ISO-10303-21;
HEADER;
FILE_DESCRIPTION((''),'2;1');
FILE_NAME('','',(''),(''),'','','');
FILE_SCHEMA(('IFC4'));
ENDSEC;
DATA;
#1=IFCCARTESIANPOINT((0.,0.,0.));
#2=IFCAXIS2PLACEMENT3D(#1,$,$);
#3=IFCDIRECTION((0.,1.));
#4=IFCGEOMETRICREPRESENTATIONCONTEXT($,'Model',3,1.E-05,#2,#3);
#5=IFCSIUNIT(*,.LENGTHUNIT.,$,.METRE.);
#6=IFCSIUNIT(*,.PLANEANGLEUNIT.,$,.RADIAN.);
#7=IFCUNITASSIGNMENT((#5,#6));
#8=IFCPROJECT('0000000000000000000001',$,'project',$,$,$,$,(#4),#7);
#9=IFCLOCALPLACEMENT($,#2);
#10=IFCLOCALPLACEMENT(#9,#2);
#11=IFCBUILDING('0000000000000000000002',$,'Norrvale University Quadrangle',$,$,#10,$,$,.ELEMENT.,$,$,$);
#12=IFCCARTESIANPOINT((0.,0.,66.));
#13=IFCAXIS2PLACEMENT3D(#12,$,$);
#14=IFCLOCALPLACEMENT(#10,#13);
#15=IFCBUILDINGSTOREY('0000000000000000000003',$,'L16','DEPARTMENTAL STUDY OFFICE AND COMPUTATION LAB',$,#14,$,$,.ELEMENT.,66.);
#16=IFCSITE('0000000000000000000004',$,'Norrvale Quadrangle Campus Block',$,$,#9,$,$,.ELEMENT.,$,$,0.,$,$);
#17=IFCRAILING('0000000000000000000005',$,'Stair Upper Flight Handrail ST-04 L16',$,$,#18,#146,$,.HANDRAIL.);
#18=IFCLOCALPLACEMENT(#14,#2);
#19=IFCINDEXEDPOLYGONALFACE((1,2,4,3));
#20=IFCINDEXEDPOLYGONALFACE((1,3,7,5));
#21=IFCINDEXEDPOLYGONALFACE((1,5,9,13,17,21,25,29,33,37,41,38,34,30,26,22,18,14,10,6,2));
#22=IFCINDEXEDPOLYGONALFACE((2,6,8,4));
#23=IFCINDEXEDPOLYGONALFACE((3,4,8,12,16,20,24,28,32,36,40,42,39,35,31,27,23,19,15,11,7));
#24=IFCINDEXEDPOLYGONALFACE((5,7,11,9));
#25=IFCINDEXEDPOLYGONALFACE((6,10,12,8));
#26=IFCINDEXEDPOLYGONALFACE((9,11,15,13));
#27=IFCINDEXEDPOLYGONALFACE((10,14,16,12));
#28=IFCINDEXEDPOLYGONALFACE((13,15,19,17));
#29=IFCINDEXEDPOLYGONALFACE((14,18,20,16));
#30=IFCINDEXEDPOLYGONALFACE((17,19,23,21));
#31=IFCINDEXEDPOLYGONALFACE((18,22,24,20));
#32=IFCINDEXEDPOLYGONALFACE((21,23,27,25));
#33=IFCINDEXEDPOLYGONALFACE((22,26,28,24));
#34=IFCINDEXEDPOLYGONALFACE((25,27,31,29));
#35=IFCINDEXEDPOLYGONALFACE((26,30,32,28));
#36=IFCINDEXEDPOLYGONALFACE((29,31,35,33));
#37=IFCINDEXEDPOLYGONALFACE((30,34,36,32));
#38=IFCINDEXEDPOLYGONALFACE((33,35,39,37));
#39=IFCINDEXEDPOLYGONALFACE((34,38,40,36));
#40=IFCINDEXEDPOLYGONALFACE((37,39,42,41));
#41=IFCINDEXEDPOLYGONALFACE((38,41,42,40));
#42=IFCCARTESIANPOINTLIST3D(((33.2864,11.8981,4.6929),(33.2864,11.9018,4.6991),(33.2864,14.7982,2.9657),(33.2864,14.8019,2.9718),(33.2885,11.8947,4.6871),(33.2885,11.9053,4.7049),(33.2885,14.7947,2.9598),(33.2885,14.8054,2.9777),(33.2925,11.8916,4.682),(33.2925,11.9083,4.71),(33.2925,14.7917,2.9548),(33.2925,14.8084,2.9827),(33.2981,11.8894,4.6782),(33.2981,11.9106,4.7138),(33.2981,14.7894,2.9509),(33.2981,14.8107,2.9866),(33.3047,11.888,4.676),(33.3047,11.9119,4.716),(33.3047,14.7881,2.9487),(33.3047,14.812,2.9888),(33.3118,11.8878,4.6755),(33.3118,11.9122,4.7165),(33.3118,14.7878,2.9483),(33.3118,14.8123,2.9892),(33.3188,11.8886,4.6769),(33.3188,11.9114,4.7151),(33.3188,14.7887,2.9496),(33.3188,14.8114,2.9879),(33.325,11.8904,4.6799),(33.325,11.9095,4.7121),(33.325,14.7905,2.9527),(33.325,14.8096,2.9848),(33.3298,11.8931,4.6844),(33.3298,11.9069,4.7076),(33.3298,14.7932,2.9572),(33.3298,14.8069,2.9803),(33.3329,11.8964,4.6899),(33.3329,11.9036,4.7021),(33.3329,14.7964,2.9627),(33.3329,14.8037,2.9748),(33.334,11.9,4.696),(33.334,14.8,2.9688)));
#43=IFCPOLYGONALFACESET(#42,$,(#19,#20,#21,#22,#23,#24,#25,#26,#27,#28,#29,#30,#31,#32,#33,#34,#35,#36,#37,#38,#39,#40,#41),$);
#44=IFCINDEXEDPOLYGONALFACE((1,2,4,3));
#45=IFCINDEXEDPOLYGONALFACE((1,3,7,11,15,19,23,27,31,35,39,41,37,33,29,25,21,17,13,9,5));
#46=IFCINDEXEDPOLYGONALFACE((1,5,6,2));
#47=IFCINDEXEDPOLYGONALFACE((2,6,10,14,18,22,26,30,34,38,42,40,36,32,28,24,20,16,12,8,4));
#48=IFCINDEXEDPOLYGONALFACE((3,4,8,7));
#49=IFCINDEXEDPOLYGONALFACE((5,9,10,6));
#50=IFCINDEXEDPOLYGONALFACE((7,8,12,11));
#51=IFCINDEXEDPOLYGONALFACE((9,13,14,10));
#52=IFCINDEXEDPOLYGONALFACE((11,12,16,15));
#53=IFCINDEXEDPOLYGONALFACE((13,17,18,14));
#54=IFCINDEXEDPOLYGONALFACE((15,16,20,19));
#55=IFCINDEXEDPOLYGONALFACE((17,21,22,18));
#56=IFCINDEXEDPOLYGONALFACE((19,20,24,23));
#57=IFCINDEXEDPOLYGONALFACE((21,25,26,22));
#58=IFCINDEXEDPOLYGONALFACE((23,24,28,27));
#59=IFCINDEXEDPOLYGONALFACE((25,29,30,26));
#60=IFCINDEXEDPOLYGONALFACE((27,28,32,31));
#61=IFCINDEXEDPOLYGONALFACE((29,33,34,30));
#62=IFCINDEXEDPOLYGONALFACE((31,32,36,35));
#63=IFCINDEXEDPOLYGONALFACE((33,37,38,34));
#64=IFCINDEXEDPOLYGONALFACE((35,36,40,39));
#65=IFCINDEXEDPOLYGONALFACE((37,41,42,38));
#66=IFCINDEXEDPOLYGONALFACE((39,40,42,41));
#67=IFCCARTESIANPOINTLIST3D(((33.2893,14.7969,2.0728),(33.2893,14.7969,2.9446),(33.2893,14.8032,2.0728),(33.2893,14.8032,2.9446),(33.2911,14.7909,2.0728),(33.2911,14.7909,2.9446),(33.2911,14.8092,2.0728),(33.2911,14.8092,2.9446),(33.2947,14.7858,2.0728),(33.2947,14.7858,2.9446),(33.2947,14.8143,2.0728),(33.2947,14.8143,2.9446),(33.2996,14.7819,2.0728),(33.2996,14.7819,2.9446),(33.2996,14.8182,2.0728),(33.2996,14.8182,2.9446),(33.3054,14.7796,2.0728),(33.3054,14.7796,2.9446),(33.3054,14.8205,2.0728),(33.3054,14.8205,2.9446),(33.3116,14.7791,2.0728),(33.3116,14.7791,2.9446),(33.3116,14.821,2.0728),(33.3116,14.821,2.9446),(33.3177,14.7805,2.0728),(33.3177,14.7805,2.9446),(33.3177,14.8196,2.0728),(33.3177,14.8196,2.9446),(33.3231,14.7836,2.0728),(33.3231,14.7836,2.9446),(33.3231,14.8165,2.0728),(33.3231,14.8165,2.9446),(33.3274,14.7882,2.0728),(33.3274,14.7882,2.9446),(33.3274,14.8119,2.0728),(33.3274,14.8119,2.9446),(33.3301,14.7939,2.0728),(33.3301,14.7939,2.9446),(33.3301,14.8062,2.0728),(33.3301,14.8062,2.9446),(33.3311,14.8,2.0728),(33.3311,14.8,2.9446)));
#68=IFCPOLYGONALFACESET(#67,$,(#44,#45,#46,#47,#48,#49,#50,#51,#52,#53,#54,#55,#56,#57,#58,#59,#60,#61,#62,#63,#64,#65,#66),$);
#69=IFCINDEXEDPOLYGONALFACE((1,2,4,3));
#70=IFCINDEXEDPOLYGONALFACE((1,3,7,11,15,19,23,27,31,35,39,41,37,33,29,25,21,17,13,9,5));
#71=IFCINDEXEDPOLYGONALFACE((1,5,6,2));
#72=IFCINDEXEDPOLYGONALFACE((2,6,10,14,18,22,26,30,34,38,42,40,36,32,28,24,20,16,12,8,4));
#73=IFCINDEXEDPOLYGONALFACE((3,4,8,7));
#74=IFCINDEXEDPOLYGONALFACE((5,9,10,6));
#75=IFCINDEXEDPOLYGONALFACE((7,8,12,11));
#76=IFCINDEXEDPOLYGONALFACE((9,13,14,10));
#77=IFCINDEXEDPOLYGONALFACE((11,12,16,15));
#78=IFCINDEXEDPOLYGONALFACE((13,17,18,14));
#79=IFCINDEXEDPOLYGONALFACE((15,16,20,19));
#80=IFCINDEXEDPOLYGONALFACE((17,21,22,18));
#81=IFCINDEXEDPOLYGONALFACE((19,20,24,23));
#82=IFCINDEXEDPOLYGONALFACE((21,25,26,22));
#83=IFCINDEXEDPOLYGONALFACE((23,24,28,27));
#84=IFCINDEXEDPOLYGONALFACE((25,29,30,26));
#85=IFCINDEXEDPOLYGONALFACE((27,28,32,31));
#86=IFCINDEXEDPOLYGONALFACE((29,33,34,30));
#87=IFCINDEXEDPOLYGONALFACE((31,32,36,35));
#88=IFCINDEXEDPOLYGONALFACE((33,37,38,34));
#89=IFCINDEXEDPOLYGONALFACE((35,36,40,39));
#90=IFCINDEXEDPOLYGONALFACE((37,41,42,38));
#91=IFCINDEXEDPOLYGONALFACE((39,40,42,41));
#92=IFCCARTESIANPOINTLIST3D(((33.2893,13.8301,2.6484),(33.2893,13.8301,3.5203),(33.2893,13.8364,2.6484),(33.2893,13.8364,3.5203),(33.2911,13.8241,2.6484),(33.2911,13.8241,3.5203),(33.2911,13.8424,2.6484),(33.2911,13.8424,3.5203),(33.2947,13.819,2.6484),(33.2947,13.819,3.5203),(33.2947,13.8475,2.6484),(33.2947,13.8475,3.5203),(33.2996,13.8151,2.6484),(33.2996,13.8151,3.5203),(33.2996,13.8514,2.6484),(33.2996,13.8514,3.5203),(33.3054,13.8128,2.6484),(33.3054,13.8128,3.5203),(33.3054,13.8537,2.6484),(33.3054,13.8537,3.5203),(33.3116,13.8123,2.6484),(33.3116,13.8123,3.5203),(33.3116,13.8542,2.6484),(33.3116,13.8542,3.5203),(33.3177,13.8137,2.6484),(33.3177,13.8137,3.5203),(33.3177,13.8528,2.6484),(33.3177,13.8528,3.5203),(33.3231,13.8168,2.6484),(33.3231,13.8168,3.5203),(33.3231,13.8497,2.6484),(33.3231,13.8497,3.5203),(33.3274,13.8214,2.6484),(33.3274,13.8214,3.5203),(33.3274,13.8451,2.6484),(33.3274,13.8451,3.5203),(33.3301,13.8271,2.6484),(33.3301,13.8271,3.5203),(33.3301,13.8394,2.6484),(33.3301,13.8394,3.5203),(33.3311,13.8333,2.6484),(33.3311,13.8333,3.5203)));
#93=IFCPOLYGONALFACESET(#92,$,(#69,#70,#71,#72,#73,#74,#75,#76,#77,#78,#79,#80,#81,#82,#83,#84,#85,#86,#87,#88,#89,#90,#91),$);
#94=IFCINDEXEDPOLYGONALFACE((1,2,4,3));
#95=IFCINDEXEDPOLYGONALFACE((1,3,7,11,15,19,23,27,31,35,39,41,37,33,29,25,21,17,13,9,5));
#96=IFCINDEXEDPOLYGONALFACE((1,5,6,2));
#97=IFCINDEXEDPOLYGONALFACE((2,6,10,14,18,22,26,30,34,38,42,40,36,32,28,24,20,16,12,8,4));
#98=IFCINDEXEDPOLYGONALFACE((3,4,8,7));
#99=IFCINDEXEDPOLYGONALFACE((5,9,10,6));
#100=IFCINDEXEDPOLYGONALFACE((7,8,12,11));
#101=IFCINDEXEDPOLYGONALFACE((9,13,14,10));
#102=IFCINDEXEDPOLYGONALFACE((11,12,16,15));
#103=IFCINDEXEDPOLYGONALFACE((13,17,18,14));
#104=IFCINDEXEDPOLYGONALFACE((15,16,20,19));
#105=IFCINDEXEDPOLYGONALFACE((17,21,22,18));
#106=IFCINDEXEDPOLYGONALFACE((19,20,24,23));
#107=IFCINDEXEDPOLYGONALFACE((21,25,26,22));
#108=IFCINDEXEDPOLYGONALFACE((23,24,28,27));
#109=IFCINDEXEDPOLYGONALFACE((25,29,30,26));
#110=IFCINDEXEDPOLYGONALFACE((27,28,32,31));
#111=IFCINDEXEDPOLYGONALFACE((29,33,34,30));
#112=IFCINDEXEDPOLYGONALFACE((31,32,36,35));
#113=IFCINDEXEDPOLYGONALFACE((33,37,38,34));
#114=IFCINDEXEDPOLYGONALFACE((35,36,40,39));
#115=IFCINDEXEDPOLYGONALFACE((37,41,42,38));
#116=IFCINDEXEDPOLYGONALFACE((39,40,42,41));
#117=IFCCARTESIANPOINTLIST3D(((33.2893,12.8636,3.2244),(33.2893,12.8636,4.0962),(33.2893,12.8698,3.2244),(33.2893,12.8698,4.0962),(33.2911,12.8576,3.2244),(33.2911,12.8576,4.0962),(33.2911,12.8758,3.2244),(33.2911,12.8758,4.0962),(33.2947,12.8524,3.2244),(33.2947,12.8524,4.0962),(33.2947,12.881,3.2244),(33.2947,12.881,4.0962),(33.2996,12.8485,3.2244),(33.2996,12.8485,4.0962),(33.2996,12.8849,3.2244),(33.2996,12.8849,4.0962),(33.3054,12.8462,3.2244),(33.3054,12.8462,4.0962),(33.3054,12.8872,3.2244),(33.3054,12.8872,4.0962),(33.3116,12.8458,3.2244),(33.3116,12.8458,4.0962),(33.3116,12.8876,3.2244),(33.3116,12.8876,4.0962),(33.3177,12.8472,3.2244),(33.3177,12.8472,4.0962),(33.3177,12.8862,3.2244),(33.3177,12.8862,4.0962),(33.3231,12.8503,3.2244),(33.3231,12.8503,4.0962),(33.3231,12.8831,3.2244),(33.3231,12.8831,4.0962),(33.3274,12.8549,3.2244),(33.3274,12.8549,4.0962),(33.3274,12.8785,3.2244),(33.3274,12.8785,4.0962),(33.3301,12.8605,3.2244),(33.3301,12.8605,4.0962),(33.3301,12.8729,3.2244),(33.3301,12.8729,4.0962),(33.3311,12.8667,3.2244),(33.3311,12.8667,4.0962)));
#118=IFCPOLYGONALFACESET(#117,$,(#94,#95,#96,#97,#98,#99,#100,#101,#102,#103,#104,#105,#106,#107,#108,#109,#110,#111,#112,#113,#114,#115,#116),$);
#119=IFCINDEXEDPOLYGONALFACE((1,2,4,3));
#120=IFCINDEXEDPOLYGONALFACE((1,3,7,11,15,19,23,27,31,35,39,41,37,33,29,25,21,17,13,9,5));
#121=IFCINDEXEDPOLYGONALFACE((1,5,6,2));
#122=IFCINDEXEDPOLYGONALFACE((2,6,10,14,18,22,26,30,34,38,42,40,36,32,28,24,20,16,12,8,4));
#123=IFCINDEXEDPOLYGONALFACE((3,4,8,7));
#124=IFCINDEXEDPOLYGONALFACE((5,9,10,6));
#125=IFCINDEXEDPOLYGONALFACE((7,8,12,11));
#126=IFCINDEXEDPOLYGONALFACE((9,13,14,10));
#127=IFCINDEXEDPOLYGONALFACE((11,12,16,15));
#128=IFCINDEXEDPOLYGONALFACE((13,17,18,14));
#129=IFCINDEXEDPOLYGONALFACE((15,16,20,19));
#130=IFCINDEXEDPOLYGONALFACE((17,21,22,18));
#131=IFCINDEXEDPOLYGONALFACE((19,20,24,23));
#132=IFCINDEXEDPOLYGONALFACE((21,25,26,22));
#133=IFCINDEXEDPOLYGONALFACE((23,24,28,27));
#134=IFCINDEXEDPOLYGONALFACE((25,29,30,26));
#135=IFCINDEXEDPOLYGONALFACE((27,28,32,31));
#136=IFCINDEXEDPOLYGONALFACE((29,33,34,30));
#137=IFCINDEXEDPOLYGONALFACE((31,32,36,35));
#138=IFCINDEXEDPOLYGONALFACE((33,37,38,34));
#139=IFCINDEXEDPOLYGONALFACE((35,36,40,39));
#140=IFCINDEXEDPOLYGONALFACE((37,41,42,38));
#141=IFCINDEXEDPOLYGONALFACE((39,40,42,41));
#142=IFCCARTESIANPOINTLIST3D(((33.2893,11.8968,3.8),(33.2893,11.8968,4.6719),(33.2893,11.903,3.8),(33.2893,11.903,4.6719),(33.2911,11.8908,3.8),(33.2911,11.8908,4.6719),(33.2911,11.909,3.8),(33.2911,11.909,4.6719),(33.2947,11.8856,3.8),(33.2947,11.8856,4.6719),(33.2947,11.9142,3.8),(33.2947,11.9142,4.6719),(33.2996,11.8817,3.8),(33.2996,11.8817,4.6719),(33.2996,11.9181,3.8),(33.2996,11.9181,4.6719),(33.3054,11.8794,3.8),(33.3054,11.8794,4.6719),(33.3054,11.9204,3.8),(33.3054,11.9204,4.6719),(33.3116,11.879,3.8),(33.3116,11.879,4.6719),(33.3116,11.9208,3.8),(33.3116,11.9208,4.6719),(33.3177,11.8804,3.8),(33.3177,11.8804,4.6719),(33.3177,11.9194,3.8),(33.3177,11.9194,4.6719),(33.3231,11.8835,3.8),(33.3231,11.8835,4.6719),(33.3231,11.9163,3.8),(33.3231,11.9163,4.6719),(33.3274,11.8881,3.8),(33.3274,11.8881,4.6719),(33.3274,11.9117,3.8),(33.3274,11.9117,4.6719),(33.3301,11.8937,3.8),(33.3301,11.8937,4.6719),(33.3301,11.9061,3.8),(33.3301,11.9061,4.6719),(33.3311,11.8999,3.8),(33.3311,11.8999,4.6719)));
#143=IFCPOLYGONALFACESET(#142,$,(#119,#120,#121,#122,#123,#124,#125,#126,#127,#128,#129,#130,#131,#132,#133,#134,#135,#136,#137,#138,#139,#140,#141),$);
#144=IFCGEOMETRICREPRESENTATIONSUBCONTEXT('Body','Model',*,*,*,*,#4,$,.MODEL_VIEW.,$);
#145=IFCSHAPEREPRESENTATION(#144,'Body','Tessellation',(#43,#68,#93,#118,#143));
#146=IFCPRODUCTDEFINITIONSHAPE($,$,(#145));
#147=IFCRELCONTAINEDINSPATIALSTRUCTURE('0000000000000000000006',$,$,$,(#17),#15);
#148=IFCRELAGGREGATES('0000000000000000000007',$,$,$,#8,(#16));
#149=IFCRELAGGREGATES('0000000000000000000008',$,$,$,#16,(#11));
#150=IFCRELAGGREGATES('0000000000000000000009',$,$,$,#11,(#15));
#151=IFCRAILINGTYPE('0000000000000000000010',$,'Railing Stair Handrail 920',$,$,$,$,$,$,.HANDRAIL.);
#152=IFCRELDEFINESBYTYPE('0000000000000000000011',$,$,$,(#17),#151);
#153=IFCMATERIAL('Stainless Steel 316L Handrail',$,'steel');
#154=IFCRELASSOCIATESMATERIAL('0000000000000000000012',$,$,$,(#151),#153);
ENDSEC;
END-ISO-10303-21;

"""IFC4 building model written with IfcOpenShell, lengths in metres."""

from ifc_helpers import new_model, si_unit, direction, frame, origin, origin_2d, place, context, subcontext, project, spatial, circle, extrude, material, type_object, element, save


model = new_model("IFC4")

# Units and contexts
model_context = context("Model", 3, precision=1e-05, world=origin(), true_north=direction((0.0, 1.0)))
body_context = subcontext(model_context, "Body", "Model", "MODEL_VIEW")
ifc_project = project(units=[si_unit("LENGTHUNIT", "METRE"), si_unit("PLANEANGLEUNIT", "RADIAN")], contexts=[model_context])

# Site, building, storey
site_placement = place(None, origin())
site = spatial("IfcSite", under=ifc_project, at=site_placement, Name="Norrvale Quadrangle Campus Block", CompositionType="ELEMENT", RefElevation=0.0)
building_placement = place(site_placement, origin())
building = spatial("IfcBuilding", under=site, at=building_placement, Name="Norrvale University Quadrangle", CompositionType="ELEMENT")
storey_placement = place(building_placement, frame((0.0, 0.0, 66.0)))
storey = spatial("IfcBuildingStorey", under=building, at=storey_placement, Name="L16", Description="DEPARTMENTAL STUDY OFFICE AND COMPUTATION LAB", CompositionType="ELEMENT", Elevation=66.0)

# Railing
ifc_material_1 = material(Name="Stainless Steel 316L Handrail", Category="steel")
railing_type_1 = type_object("IfcRailingType", Name="Railing Stair Handrail 920", PredefinedType="HANDRAIL", material=ifc_material_1)
railing_1_placement = place(storey_placement, frame((33.3101, 14.8, 2.0728)))
element("IfcRailing", 1, at=railing_1_placement, inside=storey, type_object=railing_type_1, Name="Stair Upper Flight Handrail ST-04 L16", PredefinedType="HANDRAIL", context=body_context, shape_type="SweptSolid", body=[
    extrude(circle(Radius=0.0239, at=origin_2d()), frame((0.0, 0.0, 0.896), z_axis=(0.0, -0.85916, 0.511706), x_axis=(1.0, 0.0, 0.0)), (0.0, 0.0, 1.0), 3.3755),
    extrude(circle(Radius=0.021, at=origin_2d()), origin(), (0.0, 0.0, 1.0), 0.8718),
    extrude(circle(Radius=0.021, at=origin_2d()), frame((0.0, -0.9668, 0.5757)), (0.0, 0.0, 1.0), 0.8718),
    extrude(circle(Radius=0.021, at=origin_2d()), frame((0.0, -1.9333, 1.1516)), (0.0, 0.0, 1.0), 0.8718),
    extrude(circle(Radius=0.021, at=origin_2d()), frame((0.0, -2.9001, 1.7273)), (0.0, 0.0, 1.0), 0.8718),
])

save(model, "model.ifc")
